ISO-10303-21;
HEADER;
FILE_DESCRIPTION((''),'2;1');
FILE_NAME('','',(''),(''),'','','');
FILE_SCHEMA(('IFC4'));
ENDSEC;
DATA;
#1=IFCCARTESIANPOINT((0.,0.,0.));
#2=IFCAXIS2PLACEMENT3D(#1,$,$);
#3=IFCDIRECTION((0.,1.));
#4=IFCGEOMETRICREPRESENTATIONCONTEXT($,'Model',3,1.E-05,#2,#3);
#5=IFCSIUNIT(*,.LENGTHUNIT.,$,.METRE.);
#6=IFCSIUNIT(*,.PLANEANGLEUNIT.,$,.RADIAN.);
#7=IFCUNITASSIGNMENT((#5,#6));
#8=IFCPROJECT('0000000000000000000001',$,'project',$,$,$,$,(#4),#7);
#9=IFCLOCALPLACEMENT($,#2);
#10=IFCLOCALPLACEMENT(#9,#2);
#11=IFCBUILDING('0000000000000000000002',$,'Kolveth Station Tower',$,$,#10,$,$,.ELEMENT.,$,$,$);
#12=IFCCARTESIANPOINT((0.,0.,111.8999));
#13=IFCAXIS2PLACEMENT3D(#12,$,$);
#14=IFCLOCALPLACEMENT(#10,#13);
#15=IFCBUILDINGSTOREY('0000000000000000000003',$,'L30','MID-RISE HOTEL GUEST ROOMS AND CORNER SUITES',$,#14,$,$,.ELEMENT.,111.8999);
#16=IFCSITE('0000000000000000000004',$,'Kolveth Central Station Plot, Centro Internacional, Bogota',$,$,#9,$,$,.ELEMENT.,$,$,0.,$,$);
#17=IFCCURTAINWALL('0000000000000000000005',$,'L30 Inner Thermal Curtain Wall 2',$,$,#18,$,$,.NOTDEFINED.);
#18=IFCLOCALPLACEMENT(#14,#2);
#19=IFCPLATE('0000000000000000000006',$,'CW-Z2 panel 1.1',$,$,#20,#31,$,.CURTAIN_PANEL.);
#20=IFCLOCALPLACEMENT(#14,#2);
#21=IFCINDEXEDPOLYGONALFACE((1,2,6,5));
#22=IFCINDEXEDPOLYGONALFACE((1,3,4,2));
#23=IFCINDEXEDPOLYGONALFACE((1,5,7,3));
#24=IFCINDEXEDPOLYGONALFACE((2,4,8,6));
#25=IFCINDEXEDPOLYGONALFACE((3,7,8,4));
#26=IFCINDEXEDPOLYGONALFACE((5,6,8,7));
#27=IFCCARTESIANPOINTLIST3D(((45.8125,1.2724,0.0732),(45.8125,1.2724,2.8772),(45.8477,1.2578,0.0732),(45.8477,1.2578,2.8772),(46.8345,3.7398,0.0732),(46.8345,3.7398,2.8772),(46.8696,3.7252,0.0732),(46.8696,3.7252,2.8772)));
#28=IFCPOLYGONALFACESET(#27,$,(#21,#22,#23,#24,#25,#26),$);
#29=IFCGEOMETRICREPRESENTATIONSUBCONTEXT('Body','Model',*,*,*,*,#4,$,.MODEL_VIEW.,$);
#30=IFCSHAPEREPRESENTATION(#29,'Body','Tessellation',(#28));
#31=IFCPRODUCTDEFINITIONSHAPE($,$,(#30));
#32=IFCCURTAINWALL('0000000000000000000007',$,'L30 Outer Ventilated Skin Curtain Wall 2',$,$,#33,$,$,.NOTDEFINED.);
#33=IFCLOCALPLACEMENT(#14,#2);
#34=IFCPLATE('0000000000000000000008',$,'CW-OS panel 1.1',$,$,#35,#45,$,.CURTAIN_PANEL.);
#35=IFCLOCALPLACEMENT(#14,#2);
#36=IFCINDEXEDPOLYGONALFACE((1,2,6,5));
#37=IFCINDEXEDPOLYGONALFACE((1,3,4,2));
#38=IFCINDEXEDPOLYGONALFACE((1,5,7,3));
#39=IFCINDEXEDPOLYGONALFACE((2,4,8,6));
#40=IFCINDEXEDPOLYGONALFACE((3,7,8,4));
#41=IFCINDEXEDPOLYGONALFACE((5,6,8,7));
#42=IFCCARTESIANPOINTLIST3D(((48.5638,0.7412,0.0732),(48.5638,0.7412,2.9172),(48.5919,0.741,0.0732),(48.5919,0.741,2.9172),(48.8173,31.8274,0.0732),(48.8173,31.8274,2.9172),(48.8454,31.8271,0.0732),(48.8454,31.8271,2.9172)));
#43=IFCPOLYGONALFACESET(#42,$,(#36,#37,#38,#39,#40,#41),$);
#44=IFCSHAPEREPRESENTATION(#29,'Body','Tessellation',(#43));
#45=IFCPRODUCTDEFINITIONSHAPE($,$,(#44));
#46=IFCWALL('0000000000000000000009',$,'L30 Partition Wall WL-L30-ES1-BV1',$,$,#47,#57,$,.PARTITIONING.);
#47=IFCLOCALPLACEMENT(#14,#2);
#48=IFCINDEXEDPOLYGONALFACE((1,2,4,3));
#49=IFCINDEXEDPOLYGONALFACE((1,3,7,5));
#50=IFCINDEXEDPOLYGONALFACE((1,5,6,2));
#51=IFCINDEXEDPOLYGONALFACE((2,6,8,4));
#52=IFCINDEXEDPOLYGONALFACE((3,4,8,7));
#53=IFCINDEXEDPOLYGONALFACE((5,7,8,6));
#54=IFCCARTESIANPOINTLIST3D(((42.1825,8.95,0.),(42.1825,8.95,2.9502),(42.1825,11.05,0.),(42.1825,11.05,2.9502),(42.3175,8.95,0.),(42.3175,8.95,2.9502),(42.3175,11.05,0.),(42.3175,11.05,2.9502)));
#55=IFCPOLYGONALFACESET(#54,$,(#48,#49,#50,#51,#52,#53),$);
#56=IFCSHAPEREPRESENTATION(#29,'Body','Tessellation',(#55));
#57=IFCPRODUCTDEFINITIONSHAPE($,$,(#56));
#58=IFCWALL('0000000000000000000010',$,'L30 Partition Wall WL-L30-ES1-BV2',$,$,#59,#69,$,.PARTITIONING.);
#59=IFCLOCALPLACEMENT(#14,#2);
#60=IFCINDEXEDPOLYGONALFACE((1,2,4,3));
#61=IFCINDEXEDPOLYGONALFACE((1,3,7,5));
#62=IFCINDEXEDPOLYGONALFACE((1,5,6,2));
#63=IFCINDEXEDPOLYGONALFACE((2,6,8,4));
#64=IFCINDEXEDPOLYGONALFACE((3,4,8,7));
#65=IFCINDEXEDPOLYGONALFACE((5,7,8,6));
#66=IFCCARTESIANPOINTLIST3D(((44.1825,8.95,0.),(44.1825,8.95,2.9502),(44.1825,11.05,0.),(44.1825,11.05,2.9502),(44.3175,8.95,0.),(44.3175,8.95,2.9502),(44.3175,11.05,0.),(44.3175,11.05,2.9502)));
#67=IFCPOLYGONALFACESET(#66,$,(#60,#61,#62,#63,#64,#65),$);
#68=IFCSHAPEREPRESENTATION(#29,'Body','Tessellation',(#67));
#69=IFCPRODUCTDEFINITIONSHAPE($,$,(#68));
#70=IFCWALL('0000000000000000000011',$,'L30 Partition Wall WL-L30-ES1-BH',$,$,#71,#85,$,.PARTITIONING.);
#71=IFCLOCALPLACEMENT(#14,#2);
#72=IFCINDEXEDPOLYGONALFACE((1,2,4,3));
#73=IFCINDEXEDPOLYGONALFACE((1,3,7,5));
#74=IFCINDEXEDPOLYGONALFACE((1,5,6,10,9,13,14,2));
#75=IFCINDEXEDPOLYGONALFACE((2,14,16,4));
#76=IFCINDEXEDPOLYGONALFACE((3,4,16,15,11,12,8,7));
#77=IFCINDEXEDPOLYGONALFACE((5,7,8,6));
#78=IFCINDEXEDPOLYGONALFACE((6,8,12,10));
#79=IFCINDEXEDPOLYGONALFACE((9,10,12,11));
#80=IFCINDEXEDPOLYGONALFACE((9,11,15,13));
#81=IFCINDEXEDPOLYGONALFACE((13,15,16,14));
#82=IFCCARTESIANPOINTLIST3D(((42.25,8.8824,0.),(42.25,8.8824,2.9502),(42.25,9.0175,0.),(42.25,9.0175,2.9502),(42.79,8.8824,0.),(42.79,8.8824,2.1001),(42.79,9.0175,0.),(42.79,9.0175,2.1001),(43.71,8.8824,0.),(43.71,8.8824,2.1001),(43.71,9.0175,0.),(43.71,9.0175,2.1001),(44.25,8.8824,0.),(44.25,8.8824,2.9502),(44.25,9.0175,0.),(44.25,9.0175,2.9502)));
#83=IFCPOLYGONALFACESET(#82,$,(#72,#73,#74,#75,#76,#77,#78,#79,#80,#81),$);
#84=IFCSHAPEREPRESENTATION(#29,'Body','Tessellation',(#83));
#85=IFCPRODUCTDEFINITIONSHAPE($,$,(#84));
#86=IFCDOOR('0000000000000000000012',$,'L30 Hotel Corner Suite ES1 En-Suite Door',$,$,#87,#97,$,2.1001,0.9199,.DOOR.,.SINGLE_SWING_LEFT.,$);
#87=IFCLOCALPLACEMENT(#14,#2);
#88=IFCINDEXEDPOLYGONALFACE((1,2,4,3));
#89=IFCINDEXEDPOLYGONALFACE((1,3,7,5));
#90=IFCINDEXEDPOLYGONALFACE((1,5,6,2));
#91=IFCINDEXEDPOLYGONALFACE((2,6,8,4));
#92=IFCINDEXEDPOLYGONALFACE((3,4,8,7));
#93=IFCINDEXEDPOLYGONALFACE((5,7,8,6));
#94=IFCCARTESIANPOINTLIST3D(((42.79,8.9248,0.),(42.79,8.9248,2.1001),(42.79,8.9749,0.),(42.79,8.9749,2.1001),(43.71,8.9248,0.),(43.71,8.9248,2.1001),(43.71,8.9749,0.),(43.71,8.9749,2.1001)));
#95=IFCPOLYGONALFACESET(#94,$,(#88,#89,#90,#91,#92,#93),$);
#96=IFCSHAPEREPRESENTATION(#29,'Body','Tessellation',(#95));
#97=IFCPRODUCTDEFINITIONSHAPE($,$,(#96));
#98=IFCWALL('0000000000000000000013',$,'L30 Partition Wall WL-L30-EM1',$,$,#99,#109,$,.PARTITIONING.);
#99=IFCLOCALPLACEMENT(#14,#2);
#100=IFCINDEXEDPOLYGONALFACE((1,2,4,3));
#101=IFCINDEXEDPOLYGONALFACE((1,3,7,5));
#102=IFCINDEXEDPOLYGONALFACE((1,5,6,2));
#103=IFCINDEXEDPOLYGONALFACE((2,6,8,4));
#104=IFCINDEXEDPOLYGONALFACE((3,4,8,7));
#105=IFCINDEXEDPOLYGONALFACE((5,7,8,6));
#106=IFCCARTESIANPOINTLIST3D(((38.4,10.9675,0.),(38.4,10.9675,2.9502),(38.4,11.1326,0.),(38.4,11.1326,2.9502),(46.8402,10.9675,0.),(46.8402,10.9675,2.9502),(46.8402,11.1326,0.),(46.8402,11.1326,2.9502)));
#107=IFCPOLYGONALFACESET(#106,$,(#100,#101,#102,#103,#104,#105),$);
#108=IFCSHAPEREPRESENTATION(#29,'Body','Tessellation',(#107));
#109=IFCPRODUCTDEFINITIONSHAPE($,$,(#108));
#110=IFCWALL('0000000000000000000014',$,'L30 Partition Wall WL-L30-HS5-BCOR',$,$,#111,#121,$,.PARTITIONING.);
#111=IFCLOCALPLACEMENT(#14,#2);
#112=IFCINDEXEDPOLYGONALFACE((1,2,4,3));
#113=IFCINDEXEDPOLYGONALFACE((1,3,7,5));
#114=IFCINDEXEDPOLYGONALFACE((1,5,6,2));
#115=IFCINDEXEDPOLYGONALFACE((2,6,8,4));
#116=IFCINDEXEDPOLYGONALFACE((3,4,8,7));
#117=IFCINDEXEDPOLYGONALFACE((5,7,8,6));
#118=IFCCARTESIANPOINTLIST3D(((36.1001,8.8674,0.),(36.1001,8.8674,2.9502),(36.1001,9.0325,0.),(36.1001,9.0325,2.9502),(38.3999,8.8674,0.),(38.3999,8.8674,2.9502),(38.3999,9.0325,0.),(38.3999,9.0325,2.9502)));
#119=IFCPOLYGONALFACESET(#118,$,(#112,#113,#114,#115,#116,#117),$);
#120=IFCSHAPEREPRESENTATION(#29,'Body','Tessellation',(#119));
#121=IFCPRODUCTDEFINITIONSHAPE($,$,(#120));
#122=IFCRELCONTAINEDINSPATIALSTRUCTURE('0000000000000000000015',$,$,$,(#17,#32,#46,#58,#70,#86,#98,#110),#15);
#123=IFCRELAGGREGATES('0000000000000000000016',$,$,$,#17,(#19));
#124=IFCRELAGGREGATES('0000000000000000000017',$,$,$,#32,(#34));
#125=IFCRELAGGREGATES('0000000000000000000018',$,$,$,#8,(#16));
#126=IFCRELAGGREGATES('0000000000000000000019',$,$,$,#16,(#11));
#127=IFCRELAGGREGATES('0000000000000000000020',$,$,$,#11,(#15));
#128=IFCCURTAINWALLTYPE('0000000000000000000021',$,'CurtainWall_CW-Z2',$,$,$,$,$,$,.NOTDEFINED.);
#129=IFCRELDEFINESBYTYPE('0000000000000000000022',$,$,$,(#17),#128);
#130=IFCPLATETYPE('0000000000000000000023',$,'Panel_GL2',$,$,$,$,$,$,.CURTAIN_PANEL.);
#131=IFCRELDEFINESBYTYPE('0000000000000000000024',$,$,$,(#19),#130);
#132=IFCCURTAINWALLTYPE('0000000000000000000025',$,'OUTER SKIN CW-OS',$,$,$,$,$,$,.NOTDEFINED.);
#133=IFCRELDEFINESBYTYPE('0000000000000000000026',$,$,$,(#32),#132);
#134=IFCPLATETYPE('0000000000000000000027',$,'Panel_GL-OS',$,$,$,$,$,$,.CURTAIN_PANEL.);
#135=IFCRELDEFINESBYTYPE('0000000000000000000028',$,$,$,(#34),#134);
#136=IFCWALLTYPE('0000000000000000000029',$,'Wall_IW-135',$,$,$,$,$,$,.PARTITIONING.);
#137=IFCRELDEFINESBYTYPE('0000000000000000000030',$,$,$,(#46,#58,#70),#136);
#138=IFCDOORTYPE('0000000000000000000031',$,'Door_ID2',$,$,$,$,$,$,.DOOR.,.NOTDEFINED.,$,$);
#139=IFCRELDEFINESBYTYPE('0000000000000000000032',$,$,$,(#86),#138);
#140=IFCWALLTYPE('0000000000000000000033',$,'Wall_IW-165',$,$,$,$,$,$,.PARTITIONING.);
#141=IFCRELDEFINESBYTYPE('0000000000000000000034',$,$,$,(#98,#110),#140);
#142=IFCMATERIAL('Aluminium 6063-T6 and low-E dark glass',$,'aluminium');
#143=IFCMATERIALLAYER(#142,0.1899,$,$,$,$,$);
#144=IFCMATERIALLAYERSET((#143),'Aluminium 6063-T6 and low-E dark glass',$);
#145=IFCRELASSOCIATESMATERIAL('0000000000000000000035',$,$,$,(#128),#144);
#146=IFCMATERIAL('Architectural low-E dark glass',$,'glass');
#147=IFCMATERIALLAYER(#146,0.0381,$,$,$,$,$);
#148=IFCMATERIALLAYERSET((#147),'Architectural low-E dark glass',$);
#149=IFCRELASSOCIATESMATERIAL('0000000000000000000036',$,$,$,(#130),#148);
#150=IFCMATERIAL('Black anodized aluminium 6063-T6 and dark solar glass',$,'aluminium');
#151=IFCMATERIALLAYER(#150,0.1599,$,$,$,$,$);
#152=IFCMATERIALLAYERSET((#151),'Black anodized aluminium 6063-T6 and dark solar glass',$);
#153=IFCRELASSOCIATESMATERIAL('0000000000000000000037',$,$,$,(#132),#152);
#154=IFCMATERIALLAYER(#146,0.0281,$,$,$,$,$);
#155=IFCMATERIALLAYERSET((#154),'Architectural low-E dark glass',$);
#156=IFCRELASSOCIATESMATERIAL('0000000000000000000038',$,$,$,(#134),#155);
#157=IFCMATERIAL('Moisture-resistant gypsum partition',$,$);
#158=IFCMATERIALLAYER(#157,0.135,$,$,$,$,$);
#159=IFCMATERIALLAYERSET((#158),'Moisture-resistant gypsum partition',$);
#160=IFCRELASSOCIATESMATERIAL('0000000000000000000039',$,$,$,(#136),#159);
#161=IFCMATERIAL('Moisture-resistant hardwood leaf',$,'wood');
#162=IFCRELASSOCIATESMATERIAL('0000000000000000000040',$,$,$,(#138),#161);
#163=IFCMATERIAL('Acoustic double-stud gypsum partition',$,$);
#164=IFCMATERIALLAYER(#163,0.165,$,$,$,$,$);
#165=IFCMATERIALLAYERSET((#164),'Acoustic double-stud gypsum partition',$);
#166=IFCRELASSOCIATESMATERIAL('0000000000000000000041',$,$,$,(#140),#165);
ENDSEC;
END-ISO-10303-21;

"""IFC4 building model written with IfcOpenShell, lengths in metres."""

from ifc_helpers import new_model, si_unit, direction, frame, frame_2d, origin, origin_2d, place, context, subcontext, project, spatial, rectangle, extrude, source, transform, mapped, material, layer, layer_set, type_object, element, fill, aggregate, save


model = new_model("IFC4")

# Units and contexts
model_context = context("Model", 3, precision=1e-05, world=origin(), true_north=direction((0.0, 1.0)))
body_context = subcontext(model_context, "Body", "Model", "MODEL_VIEW")
ifc_project = project(units=[si_unit("LENGTHUNIT", "METRE"), si_unit("PLANEANGLEUNIT", "RADIAN")], contexts=[model_context])

# Site, building, storey
site_placement = place(None, origin())
site = spatial("IfcSite", under=ifc_project, at=site_placement, Name="Kolveth Central Station Plot, Centro Internacional, Bogota", CompositionType="ELEMENT", RefElevation=0.0)
building_placement = place(site_placement, origin())
building = spatial("IfcBuilding", under=site, at=building_placement, Name="Kolveth Station Tower", CompositionType="ELEMENT")
storey_placement = place(building_placement, frame((0.0, 0.0, 111.8999)))
storey = spatial("IfcBuildingStorey", under=building, at=storey_placement, Name="L30", Description="MID-RISE HOTEL GUEST ROOMS AND CORNER SUITES", CompositionType="ELEMENT", Elevation=111.8999)

# Curtain wall
ifc_material_1 = material(Name="Aluminium 6063-T6 and low-E dark glass", Category="aluminium")
ifc_layer_1 = layer(ifc_material_1, 0.1899)
ifc_layer_set_1 = layer_set([ifc_layer_1], Name="Aluminium 6063-T6 and low-E dark glass")
curtain_wall_type_1 = type_object("IfcCurtainWallType", Name="CurtainWall_CW-Z2", PredefinedType="NOTDEFINED", material=ifc_layer_set_1)
curtain_wall_1_placement = place(storey_placement, origin())
curtain_wall_1 = element("IfcCurtainWall", 1, at=curtain_wall_1_placement, inside=storey, type_object=curtain_wall_type_1, Name="L30 Inner Thermal Curtain Wall 2", PredefinedType="NOTDEFINED")

# Plate
ifc_material_2 = material(Name="Architectural low-E dark glass", Category="glass")
ifc_layer_2 = layer(ifc_material_2, 0.0381)
ifc_layer_set_2 = layer_set([ifc_layer_2], Name="Architectural low-E dark glass")
plate_type_1 = type_object("IfcPlateType", Name="Panel_GL2", PredefinedType="CURTAIN_PANEL", material=ifc_layer_set_2)
shared_shape_1 = source(origin(), body_context, "Body", "SweptSolid", [
    extrude(rectangle(XDim=2.6707, YDim=0.0381, at=origin_2d()), origin(), (0.0, 0.0, 1.0), 2.804),
])
plate_1_placement = place(storey_placement, frame((46.3411, 2.4988, 0.0732), z_axis=(0.0, 0.0, 1.0), x_axis=(0.382663, 0.923888, 0.0)))
plate_1 = element("IfcPlate", 2, at=plate_1_placement, type_object=plate_type_1, Name="CW-Z2 panel 1.1", PredefinedType="CURTAIN_PANEL", context=body_context, shape_type="MappedRepresentation", body=[
    mapped(shared_shape_1, transform((0.0, 0.0, 0.0), x_axis=(1.0, 0.0, 0.0), y_axis=(0.0, 1.0, 0.0), z_axis=(0.0, 0.0, 1.0), scale=1.0)),
])
aggregate(curtain_wall_1, [plate_1])

# Curtain wall, plate
ifc_material_3 = material(Name="Black anodized aluminium 6063-T6 and dark solar glass", Category="aluminium")
ifc_layer_3 = layer(ifc_material_3, 0.1599)
ifc_layer_set_3 = layer_set([ifc_layer_3], Name="Black anodized aluminium 6063-T6 and dark solar glass")
curtain_wall_type_2 = type_object("IfcCurtainWallType", Name="OUTER SKIN CW-OS", PredefinedType="NOTDEFINED", material=ifc_layer_set_3)
curtain_wall_2_placement = place(storey_placement, origin())
curtain_wall_2 = element("IfcCurtainWall", 3, at=curtain_wall_2_placement, inside=storey, type_object=curtain_wall_type_2, Name="L30 Outer Ventilated Skin Curtain Wall 2", PredefinedType="NOTDEFINED")
ifc_layer_4 = layer(ifc_material_2, 0.0281)
ifc_layer_set_4 = layer_set([ifc_layer_4], Name="Architectural low-E dark glass")
plate_type_2 = type_object("IfcPlateType", Name="Panel_GL-OS", PredefinedType="CURTAIN_PANEL", material=ifc_layer_set_4)
shared_shape_2 = source(origin(), body_context, "Body", "SweptSolid", [
    extrude(rectangle(XDim=31.0872, YDim=0.0281, at=origin_2d()), origin(), (0.0, 0.0, 1.0), 2.844),
])
plate_2_placement = place(storey_placement, frame((48.7046, 16.2842, 0.0732), z_axis=(0.0, 0.0, 1.0), x_axis=(0.008153, 0.999967, 0.0)))
plate_2 = element("IfcPlate", 4, at=plate_2_placement, type_object=plate_type_2, Name="CW-OS panel 1.1", PredefinedType="CURTAIN_PANEL", context=body_context, shape_type="MappedRepresentation", body=[
    mapped(shared_shape_2, transform((0.0, 0.0, 0.0), x_axis=(1.0, 0.0, 0.0), y_axis=(0.0, 1.0, 0.0), z_axis=(0.0, 0.0, 1.0), scale=1.0)),
])
aggregate(curtain_wall_2, [plate_2])

# Walls
ifc_material_4 = material(Name="Moisture-resistant gypsum partition")
ifc_layer_5 = layer(ifc_material_4, 0.135)
ifc_layer_set_5 = layer_set([ifc_layer_5], Name="Moisture-resistant gypsum partition")
wall_type_1 = type_object("IfcWallType", Name="Wall_IW-135", PredefinedType="PARTITIONING", material=ifc_layer_set_5)
for number, where, z_axis, x_axis, name in (
    (5, (42.25, 8.95, 0.0), (0.0, 0.0, 1.0), (0.0, 1.0, 0.0), "L30 Partition Wall WL-L30-ES1-BV1"),
    (6, (44.25, 8.95, 0.0), (0.0, 0.0, 1.0), (0.0, 1.0, 0.0), "L30 Partition Wall WL-L30-ES1-BV2"),
):
    element("IfcWall", number, at=place(storey_placement, frame(where, z_axis=z_axis, x_axis=x_axis)), inside=storey, type_object=wall_type_1, Name=name, PredefinedType="PARTITIONING", context=body_context, shape_type="SweptSolid", body=[
        extrude(rectangle(XDim=2.1001, YDim=0.135, at=frame_2d((1.05, 0.0))), origin(), (0.0, 0.0, 1.0), 2.9502),
    ])

# Wall, opening, door
wall_1_placement = place(storey_placement, frame((42.25, 8.95, 0.0), z_axis=(0.0, 0.0, 1.0), x_axis=(1.0, 0.0, 0.0)))
wall_1 = element("IfcWall", 7, at=wall_1_placement, inside=storey, type_object=wall_type_1, Name="L30 Partition Wall WL-L30-ES1-BH", PredefinedType="PARTITIONING", context=body_context, shape_type="SweptSolid", body=[
    extrude(rectangle(XDim=2.0, YDim=0.135, at=frame_2d((1.0, 0.0))), origin(), (0.0, 0.0, 1.0), 2.9502),
])
opening_placement = place(wall_1_placement, frame((0.54, 0.0, 0.0)))
opening = element("IfcOpeningElement", 8, at=opening_placement, cuts=wall_1, PredefinedType="OPENING", context=body_context, shape_type="SweptSolid", body=[
    extrude(rectangle(XDim=0.9199, YDim=2.1001, at=frame_2d((0.46, 1.05))), frame((0.0, 0.0774, 0.0), z_axis=(0.0, -1.0, 0.0), x_axis=(1.0, 0.0, 0.0)), (0.0, 0.0, 1.0), 0.155),
])
ifc_material_5 = material(Name="Moisture-resistant hardwood leaf", Category="wood")
door_type = type_object("IfcDoorType", Name="Door_ID2", OperationType="NOTDEFINED", PredefinedType="DOOR", material=ifc_material_5)
door_placement = place(opening_placement, origin())
door = element("IfcDoor", 9, at=door_placement, inside=storey, type_object=door_type, Name="L30 Hotel Corner Suite ES1 En-Suite Door", OperationType="SINGLE_SWING_LEFT", OverallHeight=2.1001, OverallWidth=0.9199, PredefinedType="DOOR", context=body_context, shape_type="SweptSolid", body=[
    extrude(rectangle(XDim=0.9199, YDim=2.1001, at=frame_2d((0.46, 1.05))), frame((0.0, 0.0249, 0.0), z_axis=(0.0, -1.0, 0.0), x_axis=(1.0, 0.0, 0.0)), (0.0, 0.0, 1.0), 0.05),
])
fill(opening, door)

# Walls
ifc_material_6 = material(Name="Acoustic double-stud gypsum partition")
ifc_layer_6 = layer(ifc_material_6, 0.165)
ifc_layer_set_6 = layer_set([ifc_layer_6], Name="Acoustic double-stud gypsum partition")
wall_type_2 = type_object("IfcWallType", Name="Wall_IW-165", PredefinedType="PARTITIONING", material=ifc_layer_set_6)
wall_2_placement = place(storey_placement, frame((38.3999, 11.05, 0.0), z_axis=(0.0, 0.0, 1.0), x_axis=(1.0, 0.0, 0.0)))
element("IfcWall", 10, at=wall_2_placement, inside=storey, type_object=wall_type_2, Name="L30 Partition Wall WL-L30-EM1", PredefinedType="PARTITIONING", context=body_context, shape_type="SweptSolid", body=[
    extrude(rectangle(XDim=8.4402, YDim=0.165, at=frame_2d((4.2202, 0.0))), origin(), (0.0, 0.0, 1.0), 2.9502),
])
wall_3_placement = place(storey_placement, frame((36.1001, 8.95, 0.0), z_axis=(0.0, 0.0, 1.0), x_axis=(1.0, 0.0, 0.0)))
element("IfcWall", 11, at=wall_3_placement, inside=storey, type_object=wall_type_2, Name="L30 Partition Wall WL-L30-HS5-BCOR", PredefinedType="PARTITIONING", context=body_context, shape_type="SweptSolid", body=[
    extrude(rectangle(XDim=2.2998, YDim=0.165, at=frame_2d((1.1499, 0.0))), origin(), (0.0, 0.0, 1.0), 2.9502),
])

save(model, "model.ifc")
